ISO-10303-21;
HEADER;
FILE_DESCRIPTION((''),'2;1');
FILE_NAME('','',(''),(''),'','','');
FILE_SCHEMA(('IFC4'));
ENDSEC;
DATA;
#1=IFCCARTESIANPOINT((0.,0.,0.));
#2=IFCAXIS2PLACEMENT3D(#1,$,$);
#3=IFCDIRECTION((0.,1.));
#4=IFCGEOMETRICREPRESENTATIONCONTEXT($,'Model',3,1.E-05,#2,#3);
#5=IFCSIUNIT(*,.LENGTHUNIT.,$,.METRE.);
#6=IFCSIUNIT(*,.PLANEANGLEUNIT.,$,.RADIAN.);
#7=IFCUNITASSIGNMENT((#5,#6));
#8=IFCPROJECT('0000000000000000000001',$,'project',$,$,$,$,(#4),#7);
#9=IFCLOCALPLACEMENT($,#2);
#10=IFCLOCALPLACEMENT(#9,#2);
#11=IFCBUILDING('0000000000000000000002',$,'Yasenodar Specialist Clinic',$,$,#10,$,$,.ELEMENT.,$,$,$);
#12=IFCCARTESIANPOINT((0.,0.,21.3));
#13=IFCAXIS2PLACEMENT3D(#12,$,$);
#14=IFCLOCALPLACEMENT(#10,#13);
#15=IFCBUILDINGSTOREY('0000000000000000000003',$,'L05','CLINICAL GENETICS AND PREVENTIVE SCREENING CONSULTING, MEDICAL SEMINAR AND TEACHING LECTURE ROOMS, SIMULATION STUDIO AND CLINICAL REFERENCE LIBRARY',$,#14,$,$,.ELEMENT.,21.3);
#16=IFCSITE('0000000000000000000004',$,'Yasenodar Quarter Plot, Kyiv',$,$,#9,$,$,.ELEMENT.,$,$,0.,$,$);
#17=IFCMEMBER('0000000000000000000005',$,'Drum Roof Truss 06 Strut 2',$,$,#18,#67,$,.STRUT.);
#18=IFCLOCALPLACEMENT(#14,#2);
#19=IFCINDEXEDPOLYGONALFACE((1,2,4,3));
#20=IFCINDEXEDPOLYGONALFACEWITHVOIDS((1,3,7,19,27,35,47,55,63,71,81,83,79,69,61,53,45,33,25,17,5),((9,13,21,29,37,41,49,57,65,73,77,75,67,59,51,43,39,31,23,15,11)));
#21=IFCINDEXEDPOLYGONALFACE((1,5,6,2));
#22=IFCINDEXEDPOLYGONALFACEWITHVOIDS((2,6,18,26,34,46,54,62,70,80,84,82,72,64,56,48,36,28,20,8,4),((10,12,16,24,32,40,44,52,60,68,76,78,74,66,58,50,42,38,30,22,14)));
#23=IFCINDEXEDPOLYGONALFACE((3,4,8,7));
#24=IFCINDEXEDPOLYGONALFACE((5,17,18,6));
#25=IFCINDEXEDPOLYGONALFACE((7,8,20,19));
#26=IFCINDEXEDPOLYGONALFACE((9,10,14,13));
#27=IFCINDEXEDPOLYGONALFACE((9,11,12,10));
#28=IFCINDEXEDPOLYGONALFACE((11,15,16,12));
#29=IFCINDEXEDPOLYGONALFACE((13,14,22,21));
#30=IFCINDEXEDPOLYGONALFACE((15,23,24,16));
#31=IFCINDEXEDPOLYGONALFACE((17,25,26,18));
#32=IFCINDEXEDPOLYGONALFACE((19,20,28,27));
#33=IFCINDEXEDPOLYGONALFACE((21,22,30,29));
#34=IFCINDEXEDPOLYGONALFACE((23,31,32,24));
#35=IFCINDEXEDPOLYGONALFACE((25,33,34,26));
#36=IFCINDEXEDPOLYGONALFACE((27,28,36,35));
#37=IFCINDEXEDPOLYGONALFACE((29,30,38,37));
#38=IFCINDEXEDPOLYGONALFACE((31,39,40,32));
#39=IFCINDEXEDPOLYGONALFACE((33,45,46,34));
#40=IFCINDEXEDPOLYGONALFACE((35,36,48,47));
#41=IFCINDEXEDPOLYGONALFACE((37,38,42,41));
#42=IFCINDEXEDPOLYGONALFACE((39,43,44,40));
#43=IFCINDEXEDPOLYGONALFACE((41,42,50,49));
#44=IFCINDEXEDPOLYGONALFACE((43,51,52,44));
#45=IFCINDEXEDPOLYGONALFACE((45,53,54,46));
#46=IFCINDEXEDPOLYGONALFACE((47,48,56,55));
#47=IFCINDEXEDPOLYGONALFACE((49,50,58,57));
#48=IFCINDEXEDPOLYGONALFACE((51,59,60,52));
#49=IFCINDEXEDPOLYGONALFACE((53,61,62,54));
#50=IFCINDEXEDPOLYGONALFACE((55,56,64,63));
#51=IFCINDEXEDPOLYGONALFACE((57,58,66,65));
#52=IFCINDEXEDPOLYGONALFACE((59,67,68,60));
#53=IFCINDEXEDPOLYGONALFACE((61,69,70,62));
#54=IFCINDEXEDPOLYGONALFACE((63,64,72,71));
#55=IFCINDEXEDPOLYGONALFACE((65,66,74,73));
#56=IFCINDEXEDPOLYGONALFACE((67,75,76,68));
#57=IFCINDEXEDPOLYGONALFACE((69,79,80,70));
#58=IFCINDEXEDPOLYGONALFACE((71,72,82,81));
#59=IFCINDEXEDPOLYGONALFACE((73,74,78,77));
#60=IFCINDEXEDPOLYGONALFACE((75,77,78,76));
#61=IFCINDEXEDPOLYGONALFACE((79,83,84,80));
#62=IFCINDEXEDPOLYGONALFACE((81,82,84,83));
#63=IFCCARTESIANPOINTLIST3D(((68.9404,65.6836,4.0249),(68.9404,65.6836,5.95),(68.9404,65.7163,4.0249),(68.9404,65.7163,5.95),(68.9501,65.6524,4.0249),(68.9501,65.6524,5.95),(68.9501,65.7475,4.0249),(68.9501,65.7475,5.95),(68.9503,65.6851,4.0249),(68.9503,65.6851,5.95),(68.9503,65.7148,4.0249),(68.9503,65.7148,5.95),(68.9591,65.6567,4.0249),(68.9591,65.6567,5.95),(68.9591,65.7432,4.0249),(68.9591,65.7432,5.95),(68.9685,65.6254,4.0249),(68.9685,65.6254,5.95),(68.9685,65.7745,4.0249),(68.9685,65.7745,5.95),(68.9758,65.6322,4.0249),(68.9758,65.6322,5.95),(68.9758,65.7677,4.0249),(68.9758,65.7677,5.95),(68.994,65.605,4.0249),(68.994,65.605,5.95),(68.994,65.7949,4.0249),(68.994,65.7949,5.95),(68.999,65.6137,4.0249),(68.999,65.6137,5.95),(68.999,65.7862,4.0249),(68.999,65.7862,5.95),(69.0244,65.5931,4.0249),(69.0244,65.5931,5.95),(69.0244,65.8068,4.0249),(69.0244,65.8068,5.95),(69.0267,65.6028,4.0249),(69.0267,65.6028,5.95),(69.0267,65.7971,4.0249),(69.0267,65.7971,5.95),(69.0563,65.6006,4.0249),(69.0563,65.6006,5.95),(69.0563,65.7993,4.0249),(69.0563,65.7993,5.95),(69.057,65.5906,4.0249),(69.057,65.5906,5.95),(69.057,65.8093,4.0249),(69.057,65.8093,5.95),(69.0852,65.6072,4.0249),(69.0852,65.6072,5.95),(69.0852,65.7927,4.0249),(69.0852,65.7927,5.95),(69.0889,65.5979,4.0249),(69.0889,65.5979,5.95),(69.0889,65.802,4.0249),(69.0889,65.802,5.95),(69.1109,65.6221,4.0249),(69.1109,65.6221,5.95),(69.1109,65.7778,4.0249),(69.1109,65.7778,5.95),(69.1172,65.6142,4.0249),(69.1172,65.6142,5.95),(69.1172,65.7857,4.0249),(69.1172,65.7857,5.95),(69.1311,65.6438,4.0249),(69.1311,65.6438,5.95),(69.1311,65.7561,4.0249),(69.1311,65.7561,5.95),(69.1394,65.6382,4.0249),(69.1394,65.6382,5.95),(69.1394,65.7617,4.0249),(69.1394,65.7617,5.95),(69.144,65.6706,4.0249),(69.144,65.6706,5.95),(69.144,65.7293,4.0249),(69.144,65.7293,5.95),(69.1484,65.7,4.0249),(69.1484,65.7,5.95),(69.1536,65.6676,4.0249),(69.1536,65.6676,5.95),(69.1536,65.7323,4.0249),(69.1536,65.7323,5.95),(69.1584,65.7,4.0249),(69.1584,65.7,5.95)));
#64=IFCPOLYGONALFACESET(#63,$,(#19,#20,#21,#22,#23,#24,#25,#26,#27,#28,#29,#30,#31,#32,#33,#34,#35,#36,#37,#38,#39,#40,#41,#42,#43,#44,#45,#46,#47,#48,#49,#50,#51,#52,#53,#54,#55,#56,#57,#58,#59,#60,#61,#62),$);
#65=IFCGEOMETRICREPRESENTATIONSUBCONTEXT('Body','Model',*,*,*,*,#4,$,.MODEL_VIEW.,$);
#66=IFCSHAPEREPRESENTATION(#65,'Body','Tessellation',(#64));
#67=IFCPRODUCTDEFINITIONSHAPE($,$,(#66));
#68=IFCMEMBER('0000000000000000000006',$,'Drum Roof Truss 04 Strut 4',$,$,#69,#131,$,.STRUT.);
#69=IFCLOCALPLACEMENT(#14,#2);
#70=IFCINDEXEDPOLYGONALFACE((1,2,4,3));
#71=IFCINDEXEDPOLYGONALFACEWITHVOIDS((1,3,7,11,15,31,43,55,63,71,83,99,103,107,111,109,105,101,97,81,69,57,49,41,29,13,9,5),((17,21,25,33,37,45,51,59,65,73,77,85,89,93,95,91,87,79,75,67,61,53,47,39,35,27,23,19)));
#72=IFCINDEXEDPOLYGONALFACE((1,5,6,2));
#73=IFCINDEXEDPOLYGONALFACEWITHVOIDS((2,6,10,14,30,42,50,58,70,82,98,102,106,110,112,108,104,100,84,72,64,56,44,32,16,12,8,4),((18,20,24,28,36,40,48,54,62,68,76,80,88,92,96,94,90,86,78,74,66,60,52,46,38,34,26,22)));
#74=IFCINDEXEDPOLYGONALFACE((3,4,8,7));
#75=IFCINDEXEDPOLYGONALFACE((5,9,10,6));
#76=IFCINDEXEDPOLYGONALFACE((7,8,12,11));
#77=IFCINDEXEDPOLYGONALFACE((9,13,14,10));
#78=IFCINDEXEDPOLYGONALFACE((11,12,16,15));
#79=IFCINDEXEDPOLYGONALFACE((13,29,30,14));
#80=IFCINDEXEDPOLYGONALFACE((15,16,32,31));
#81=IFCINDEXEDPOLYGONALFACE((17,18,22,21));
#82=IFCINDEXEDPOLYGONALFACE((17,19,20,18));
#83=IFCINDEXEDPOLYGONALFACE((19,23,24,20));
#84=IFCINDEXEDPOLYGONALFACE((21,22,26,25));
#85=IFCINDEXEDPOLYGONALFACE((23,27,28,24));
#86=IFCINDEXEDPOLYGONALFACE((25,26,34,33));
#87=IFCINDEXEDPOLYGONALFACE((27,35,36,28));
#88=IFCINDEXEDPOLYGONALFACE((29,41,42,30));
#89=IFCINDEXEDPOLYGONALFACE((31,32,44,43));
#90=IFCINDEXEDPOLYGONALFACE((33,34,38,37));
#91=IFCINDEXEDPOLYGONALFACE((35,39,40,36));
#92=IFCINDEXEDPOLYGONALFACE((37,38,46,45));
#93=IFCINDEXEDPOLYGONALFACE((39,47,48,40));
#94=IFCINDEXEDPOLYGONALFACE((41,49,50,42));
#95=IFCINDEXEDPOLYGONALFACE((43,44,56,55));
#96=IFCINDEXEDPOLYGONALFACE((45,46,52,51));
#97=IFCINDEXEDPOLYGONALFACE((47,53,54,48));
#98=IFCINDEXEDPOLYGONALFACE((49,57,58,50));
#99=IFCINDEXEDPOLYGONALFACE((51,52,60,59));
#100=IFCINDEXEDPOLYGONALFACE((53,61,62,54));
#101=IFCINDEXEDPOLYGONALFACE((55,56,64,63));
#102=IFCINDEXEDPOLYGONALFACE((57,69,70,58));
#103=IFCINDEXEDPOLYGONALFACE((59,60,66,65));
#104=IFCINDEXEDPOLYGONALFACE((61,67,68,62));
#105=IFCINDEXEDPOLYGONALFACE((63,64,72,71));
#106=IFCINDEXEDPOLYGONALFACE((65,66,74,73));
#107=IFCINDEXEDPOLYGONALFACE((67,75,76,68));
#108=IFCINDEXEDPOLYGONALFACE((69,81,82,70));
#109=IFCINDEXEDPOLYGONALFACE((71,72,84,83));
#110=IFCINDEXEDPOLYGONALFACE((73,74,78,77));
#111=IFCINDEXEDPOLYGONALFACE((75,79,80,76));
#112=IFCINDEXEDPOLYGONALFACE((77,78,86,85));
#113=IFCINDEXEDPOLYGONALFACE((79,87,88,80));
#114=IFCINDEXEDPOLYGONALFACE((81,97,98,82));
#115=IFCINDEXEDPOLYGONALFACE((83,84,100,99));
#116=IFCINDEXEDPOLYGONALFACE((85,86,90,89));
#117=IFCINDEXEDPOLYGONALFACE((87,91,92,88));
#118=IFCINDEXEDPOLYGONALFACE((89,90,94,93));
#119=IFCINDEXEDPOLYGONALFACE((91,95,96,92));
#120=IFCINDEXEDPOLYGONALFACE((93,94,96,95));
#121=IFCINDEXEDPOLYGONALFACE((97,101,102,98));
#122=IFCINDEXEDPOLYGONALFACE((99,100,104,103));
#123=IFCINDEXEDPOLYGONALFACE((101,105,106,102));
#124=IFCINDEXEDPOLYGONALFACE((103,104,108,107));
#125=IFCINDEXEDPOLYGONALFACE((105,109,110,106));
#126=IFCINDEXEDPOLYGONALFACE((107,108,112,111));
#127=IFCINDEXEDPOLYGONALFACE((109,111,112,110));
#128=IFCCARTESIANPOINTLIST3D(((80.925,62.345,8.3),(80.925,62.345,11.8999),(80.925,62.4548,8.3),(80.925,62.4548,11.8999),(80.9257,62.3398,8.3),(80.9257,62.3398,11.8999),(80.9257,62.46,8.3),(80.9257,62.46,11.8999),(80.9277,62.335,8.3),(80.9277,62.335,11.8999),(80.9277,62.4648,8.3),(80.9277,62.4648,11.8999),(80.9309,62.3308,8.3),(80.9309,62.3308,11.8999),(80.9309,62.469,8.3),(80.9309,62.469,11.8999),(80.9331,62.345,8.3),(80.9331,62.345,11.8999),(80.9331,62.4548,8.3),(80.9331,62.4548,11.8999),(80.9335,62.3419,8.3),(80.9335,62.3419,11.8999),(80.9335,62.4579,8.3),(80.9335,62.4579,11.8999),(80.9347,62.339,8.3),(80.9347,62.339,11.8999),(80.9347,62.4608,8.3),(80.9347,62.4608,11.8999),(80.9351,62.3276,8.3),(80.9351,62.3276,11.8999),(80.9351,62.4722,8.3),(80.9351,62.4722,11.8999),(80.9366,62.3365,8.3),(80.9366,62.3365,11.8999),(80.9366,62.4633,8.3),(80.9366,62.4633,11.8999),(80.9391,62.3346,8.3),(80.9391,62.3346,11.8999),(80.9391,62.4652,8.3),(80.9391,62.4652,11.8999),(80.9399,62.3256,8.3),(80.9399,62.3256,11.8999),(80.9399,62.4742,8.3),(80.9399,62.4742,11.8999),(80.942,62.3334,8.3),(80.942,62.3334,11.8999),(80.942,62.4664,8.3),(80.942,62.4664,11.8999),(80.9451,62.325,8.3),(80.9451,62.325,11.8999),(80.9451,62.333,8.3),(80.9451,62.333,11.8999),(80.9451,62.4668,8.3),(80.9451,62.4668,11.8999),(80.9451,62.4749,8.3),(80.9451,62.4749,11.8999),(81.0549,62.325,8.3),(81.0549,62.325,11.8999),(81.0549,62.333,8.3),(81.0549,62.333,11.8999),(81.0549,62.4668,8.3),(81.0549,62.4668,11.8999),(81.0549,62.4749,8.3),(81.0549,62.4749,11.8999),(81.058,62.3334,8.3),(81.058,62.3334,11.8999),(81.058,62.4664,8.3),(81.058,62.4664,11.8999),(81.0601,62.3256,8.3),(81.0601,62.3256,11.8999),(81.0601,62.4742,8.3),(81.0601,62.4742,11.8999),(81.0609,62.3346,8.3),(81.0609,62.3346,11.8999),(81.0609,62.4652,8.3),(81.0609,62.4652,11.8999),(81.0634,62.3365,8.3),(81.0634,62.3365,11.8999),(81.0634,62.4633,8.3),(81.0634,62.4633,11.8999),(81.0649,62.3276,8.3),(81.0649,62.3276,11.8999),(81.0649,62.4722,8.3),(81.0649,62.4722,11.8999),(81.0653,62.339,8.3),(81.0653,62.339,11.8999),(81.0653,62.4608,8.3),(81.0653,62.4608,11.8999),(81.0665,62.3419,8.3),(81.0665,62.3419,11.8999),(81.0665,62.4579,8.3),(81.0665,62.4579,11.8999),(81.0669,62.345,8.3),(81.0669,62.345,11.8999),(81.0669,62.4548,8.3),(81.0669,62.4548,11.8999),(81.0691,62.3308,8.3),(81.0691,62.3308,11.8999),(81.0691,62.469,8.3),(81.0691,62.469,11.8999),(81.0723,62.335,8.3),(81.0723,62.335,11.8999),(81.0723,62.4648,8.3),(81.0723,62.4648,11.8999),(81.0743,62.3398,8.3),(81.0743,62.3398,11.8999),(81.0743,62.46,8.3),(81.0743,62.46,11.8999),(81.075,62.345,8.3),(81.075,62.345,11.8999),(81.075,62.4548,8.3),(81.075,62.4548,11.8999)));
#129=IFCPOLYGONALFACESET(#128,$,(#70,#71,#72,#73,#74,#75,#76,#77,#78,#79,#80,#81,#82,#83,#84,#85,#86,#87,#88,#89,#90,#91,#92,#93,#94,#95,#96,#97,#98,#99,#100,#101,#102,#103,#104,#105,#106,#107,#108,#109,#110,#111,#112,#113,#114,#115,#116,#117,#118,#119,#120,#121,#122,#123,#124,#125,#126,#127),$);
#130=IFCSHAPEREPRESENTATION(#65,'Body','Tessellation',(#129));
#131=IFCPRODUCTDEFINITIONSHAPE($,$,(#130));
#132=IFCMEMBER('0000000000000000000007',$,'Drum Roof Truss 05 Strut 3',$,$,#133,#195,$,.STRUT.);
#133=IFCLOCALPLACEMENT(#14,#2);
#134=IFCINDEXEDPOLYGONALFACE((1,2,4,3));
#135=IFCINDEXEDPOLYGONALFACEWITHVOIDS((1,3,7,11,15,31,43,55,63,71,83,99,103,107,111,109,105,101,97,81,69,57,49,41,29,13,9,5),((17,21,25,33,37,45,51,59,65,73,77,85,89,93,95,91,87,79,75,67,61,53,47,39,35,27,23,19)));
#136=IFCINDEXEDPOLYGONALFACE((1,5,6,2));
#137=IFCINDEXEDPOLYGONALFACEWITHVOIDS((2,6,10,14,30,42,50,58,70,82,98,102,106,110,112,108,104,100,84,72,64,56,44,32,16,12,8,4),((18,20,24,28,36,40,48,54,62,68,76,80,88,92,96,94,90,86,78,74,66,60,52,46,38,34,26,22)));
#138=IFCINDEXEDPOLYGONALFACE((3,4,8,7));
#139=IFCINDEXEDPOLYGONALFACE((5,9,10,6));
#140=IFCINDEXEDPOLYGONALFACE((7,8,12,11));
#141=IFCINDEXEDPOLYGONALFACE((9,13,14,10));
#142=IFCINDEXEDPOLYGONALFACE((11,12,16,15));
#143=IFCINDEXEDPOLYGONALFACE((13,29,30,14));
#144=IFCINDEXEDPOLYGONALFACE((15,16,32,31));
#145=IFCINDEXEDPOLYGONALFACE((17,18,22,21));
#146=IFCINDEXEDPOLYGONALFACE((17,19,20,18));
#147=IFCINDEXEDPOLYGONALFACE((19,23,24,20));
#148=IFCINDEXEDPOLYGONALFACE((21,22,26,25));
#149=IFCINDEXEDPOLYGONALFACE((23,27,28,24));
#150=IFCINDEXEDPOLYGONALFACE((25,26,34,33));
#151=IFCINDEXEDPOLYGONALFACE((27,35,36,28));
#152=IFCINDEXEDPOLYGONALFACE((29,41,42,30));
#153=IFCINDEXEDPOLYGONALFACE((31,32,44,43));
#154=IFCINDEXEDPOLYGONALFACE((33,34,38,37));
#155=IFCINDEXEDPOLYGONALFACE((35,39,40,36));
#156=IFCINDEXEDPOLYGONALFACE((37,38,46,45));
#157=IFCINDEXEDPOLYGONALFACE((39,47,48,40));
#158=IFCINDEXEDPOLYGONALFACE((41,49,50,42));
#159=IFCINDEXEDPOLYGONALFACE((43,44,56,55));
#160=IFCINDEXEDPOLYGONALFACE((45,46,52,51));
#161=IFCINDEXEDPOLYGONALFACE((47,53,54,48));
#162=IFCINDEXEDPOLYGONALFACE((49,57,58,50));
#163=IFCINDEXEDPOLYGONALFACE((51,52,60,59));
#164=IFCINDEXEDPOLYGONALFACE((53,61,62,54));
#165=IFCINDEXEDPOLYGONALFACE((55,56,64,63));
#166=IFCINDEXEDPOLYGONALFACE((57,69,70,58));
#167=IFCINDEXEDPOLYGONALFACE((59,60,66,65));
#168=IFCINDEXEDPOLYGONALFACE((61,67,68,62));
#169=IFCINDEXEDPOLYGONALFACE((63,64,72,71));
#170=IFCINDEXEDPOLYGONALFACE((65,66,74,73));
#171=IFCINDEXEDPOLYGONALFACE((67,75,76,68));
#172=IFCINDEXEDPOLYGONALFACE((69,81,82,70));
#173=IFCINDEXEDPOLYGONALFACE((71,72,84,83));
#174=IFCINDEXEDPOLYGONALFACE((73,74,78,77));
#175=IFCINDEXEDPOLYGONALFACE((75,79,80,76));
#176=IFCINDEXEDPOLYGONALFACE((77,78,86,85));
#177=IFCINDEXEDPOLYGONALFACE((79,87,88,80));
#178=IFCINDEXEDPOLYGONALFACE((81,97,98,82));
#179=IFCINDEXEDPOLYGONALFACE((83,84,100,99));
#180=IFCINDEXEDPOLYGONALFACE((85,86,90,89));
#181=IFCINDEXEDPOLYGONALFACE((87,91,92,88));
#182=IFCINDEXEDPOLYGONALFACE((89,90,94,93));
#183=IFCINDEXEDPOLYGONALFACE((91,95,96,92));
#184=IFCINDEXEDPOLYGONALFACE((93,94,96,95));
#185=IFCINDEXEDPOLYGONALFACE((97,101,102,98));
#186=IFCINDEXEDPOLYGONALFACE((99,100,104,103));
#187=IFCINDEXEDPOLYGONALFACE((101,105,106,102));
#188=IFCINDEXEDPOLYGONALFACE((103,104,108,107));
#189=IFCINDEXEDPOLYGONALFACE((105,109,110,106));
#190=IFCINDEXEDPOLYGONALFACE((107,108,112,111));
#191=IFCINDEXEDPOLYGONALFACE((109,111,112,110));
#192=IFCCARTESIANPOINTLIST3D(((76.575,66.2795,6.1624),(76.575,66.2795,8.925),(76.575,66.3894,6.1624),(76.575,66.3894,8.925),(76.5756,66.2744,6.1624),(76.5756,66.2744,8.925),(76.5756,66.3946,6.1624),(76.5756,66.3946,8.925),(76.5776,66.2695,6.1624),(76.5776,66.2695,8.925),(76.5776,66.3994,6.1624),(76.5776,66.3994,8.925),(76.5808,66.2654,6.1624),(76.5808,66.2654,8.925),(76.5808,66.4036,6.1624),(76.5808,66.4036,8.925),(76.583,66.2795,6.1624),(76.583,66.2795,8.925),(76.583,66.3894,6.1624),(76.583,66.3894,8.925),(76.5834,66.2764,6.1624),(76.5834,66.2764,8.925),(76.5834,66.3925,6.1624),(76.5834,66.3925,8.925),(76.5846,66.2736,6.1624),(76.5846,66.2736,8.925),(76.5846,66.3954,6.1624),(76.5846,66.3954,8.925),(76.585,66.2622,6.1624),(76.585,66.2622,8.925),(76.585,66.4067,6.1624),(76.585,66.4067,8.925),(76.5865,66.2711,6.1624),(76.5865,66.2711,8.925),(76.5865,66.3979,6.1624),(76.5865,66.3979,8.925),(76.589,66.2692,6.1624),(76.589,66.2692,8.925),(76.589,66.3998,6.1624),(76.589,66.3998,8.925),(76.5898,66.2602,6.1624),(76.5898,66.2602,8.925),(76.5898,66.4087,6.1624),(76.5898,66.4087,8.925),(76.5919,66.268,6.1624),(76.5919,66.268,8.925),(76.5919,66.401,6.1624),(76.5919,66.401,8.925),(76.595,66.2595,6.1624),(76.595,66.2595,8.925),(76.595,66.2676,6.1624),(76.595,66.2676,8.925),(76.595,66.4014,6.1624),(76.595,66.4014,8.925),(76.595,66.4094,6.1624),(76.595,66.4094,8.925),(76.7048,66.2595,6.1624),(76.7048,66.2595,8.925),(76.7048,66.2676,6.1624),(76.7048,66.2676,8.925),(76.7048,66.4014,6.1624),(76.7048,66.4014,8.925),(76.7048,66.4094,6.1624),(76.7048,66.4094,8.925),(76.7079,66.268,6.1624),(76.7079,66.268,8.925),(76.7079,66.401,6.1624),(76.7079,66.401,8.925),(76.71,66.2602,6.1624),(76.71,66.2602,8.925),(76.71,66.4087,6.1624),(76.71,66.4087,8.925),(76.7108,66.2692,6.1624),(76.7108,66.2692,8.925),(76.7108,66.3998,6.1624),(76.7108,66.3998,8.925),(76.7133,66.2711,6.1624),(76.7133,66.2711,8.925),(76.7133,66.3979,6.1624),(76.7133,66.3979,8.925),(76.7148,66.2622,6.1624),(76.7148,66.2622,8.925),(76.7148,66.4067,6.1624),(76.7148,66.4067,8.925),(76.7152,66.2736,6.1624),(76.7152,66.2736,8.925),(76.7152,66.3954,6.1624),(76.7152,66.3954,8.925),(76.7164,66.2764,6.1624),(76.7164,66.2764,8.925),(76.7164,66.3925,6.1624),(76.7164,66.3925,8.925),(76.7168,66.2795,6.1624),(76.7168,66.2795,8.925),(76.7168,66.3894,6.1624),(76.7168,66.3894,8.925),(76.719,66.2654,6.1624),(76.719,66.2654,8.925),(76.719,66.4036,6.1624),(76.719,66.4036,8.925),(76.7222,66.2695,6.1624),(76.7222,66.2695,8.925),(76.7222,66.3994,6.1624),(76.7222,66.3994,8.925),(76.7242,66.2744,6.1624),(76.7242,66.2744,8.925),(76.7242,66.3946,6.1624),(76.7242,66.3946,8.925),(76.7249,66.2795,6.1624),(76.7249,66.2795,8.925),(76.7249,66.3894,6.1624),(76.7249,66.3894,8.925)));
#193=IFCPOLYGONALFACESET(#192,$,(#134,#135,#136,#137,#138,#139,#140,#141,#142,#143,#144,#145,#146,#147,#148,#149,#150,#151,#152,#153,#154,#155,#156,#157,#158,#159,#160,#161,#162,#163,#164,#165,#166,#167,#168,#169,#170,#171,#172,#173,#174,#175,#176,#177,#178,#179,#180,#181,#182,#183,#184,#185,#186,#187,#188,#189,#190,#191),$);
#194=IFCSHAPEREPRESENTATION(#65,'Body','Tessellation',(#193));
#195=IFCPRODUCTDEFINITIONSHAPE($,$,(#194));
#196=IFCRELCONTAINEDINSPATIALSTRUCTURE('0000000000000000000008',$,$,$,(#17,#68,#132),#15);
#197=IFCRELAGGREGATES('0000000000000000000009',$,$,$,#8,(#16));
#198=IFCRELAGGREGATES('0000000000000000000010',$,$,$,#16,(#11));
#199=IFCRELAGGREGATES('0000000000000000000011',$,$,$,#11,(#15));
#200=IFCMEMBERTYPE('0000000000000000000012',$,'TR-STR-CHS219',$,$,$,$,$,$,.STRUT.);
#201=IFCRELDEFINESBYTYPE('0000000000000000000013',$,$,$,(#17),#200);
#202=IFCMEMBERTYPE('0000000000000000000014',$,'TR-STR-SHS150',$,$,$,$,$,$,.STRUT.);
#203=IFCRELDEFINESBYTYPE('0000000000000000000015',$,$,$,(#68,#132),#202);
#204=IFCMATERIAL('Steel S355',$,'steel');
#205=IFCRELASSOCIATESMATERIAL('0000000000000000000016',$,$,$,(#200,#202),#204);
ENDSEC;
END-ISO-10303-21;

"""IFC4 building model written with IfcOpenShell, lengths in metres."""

from ifc_helpers import new_model, si_unit, direction, frame, origin, origin_2d, place, context, subcontext, project, spatial, hollow_rectangle, hollow_circle, extrude, material, material_profile, profile_set, type_object, element, save


model = new_model("IFC4")

# Units and contexts
model_context = context("Model", 3, precision=1e-05, world=origin(), true_north=direction((0.0, 1.0)))
body_context = subcontext(model_context, "Body", "Model", "MODEL_VIEW")
ifc_project = project(units=[si_unit("LENGTHUNIT", "METRE"), si_unit("PLANEANGLEUNIT", "RADIAN")], contexts=[model_context])

# Site, building, storey
site_placement = place(None, origin())
site = spatial("IfcSite", under=ifc_project, at=site_placement, Name="Yasenodar Quarter Plot, Kyiv", CompositionType="ELEMENT", RefElevation=0.0)
building_placement = place(site_placement, origin())
building = spatial("IfcBuilding", under=site, at=building_placement, Name="Yasenodar Specialist Clinic", CompositionType="ELEMENT")
storey_placement = place(building_placement, frame((0.0, 0.0, 21.3)))
storey = spatial("IfcBuildingStorey", under=building, at=storey_placement, Name="L05", Description="CLINICAL GENETICS AND PREVENTIVE SCREENING CONSULTING, MEDICAL SEMINAR AND TEACHING LECTURE ROOMS, SIMULATION STUDIO AND CLINICAL REFERENCE LIBRARY", CompositionType="ELEMENT", Elevation=21.3)

# Shared definitions
ifc_material = material(Name="Steel S355", Category="steel")

# Members
ifc_material_profile_1 = material_profile(ifc_material, hollow_circle(Radius=0.1096, WallThickness=0.01, at=origin_2d()), Name="CHS 219.1x10")
ifc_profile_set_1 = profile_set([ifc_material_profile_1], Name="Steel S355")
member_type_1 = type_object("IfcMemberType", Name="TR-STR-CHS219", PredefinedType="STRUT", material=ifc_profile_set_1)
for number, where, z_axis, x_axis, name in (
    (1, (69.0488, 65.7, 4.0249), (0.0, 0.0, 1.0), (1.0, 0.0, 0.0), "Drum Roof Truss 06 Strut 2"),
):
    element("IfcMember", number, at=place(storey_placement, frame(where, z_axis=z_axis, x_axis=x_axis)), inside=storey, type_object=member_type_1, Name=name, PredefinedType="STRUT", context=body_context, shape_type="SweptSolid", body=[
        extrude(hollow_circle(Radius=0.1096, WallThickness=0.01, at=origin_2d()), origin(), (0.0, 0.0, 1.0), 1.925),
    ])
ifc_material_profile_2 = material_profile(ifc_material, hollow_rectangle(XDim=0.1499, YDim=0.1499, WallThickness=0.0081, InnerFilletRadius=0.012, OuterFilletRadius=0.02, at=origin_2d()), Name="SHS 150x150x8")
ifc_profile_set_2 = profile_set([ifc_material_profile_2], Name="Steel S355")
member_type_2 = type_object("IfcMemberType", Name="TR-STR-SHS150", PredefinedType="STRUT", material=ifc_profile_set_2)
member_1_placement = place(storey_placement, frame((81.0, 62.3999, 8.3), z_axis=(0.0, 0.0, 1.0), x_axis=(1.0, 0.0, 0.0)))
element("IfcMember", 2, at=member_1_placement, inside=storey, type_object=member_type_2, Name="Drum Roof Truss 04 Strut 4", PredefinedType="STRUT", context=body_context, shape_type="SweptSolid", body=[
    extrude(hollow_rectangle(XDim=0.1499, YDim=0.1499, WallThickness=0.0081, InnerFilletRadius=0.012, OuterFilletRadius=0.02, at=origin_2d()), origin(), (0.0, 0.0, 1.0), 3.5999),
])
member_2_placement = place(storey_placement, frame((76.6499, 66.3345, 6.1624), z_axis=(0.0, 0.0, 1.0), x_axis=(1.0, 0.0, 0.0)))
element("IfcMember", 3, at=member_2_placement, inside=storey, type_object=member_type_2, Name="Drum Roof Truss 05 Strut 3", PredefinedType="STRUT", context=body_context, shape_type="SweptSolid", body=[
    extrude(hollow_rectangle(XDim=0.1499, YDim=0.1499, WallThickness=0.0081, InnerFilletRadius=0.012, OuterFilletRadius=0.02, at=origin_2d()), origin(), (0.0, 0.0, 1.0), 2.7627),
])

save(model, "model.ifc")
